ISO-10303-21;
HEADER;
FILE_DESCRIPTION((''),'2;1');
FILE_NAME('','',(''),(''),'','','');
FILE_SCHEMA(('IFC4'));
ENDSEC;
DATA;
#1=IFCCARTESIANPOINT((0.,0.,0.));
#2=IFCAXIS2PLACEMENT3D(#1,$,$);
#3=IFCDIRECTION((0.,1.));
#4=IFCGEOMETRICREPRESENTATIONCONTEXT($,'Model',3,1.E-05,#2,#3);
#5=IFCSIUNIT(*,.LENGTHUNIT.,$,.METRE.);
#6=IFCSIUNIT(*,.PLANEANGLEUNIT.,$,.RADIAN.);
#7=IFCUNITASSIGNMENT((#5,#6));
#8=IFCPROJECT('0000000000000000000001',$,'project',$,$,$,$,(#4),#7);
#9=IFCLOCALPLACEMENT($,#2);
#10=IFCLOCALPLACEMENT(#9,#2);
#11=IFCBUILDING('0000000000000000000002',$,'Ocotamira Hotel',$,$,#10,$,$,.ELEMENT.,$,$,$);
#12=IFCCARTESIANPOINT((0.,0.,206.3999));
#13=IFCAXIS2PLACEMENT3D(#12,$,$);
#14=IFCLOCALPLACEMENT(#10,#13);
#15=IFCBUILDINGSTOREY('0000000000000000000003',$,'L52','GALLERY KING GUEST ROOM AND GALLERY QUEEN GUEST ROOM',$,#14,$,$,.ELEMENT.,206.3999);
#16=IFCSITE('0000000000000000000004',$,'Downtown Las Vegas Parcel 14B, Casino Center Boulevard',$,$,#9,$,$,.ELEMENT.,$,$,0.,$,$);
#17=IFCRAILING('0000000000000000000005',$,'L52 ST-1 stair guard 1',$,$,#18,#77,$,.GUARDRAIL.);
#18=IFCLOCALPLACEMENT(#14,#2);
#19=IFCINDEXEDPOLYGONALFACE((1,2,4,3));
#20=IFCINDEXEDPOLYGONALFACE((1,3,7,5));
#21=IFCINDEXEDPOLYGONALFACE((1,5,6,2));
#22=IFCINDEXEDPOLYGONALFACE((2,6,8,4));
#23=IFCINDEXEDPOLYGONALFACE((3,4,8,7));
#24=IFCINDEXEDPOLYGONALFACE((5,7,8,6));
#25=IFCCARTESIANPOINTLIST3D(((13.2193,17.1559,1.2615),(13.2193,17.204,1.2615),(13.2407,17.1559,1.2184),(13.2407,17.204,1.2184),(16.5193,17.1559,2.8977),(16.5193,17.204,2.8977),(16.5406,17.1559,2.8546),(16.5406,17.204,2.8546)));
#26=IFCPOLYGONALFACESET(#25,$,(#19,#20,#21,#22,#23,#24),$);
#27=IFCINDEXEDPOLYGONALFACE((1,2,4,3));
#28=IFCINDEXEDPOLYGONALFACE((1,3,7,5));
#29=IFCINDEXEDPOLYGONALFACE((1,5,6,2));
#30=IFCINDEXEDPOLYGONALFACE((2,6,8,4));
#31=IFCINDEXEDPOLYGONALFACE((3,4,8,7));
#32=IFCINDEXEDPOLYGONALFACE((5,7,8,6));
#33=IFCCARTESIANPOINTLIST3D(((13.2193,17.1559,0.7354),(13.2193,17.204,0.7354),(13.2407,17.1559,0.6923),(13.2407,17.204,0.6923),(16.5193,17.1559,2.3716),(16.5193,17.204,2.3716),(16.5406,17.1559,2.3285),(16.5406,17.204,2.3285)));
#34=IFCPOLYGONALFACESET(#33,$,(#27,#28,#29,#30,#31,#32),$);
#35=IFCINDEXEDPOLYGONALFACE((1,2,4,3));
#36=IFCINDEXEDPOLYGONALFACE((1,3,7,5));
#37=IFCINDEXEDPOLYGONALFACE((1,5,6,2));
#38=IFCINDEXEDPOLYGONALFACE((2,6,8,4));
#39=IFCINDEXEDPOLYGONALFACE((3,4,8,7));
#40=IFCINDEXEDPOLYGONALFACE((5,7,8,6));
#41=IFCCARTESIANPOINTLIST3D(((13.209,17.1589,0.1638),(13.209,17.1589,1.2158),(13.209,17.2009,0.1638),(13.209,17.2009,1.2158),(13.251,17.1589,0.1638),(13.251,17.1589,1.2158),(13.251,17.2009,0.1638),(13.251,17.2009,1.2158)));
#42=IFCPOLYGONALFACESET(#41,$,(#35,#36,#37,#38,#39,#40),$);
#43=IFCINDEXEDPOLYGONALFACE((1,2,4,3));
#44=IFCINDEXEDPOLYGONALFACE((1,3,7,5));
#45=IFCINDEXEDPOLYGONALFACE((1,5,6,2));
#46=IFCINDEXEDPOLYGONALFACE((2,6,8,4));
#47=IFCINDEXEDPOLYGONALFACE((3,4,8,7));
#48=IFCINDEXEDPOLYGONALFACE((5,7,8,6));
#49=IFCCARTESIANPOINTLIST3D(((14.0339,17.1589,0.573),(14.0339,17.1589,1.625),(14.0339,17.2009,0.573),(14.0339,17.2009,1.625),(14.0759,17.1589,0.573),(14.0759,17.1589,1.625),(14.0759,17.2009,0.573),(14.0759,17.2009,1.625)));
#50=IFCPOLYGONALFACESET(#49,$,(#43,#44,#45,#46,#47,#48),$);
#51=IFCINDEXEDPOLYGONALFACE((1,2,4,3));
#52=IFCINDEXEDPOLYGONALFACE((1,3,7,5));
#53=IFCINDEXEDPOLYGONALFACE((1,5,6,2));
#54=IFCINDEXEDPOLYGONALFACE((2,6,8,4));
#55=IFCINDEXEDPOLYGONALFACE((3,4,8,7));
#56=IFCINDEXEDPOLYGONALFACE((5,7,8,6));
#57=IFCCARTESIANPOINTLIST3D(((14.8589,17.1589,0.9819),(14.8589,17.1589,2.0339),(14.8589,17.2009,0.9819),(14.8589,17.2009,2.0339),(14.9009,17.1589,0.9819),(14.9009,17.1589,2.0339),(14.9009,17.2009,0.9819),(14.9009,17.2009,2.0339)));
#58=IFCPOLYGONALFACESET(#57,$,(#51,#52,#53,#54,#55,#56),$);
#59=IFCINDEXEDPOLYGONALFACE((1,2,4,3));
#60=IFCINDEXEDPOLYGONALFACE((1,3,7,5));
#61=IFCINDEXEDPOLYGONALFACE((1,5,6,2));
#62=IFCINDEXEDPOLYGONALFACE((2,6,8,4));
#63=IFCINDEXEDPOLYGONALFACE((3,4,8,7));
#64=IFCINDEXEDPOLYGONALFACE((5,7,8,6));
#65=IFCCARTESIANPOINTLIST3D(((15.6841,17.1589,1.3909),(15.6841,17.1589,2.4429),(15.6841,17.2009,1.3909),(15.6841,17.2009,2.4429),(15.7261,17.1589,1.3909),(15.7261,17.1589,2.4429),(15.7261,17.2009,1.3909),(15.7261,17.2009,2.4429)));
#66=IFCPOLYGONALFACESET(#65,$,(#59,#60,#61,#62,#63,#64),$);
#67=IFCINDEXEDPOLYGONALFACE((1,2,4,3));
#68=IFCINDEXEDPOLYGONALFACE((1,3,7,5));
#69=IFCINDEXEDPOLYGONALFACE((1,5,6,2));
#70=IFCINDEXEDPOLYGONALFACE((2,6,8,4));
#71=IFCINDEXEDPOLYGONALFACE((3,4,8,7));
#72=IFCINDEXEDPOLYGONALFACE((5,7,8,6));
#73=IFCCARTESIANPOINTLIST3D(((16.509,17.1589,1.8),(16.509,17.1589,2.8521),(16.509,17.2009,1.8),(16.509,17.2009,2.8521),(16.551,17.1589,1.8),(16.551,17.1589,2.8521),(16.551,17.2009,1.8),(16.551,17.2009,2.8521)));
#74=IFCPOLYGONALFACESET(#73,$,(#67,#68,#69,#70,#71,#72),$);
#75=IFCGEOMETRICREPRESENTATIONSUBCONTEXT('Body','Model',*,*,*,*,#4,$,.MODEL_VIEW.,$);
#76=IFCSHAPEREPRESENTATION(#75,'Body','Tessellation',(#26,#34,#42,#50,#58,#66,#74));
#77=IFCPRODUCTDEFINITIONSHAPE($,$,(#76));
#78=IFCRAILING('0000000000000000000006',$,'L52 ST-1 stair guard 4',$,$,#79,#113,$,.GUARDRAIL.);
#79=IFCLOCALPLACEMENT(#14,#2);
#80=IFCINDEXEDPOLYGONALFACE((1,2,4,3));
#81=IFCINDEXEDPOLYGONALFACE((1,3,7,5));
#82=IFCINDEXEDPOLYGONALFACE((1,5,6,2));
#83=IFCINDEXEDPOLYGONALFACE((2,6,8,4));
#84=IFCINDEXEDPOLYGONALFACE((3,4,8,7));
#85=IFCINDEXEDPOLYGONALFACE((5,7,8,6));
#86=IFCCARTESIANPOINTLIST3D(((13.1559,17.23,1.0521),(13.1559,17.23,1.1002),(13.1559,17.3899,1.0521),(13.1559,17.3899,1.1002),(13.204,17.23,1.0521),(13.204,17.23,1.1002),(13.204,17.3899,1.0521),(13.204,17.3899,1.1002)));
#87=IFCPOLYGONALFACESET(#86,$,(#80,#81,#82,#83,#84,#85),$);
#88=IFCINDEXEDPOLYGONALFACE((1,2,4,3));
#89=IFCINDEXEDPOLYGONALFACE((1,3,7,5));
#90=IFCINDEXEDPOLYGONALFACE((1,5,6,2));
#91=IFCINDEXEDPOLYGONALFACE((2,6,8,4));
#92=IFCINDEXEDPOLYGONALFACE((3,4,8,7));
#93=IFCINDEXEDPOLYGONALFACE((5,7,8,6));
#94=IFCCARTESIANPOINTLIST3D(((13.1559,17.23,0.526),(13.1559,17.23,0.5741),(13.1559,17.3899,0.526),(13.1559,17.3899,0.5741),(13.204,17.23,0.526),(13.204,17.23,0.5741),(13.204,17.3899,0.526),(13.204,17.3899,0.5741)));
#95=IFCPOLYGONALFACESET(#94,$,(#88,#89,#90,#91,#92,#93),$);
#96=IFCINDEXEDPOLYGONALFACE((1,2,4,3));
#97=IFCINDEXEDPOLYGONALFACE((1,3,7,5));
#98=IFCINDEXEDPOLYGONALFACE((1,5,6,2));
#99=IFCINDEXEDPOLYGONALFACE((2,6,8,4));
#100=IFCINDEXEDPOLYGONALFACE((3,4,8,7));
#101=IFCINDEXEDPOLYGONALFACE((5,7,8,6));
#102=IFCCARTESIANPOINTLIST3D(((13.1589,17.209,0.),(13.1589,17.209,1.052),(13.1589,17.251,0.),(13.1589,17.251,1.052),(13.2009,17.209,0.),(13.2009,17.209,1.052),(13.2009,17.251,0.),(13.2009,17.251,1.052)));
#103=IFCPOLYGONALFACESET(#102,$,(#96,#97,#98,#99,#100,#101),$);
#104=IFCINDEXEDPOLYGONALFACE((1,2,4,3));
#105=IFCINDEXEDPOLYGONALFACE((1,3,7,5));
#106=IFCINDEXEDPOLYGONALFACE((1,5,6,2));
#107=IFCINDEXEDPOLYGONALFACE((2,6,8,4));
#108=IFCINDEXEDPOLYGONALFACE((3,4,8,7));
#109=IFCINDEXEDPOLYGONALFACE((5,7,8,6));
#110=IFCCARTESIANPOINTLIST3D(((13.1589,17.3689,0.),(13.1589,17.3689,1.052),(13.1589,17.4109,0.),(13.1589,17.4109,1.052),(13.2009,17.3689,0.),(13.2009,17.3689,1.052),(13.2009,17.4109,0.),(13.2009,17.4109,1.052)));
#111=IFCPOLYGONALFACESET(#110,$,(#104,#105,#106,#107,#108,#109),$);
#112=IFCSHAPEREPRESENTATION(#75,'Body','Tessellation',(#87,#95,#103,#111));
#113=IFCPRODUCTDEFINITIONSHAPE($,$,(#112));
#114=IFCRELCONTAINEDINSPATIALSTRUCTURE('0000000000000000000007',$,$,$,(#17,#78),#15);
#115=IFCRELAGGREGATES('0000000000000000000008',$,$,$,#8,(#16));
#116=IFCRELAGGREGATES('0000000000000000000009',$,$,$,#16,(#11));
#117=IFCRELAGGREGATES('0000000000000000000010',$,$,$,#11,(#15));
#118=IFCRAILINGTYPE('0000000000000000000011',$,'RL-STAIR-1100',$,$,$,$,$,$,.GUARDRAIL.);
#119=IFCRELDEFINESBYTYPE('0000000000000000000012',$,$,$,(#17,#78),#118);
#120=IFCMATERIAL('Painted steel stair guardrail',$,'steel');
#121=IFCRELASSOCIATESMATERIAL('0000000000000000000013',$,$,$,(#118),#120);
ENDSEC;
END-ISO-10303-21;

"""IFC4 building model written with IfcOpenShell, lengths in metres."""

from ifc_helpers import new_model, si_unit, direction, frame, origin, origin_2d, place, context, subcontext, project, spatial, rectangle, extrude, material, type_object, element, save


model = new_model("IFC4")

# Units and contexts
model_context = context("Model", 3, precision=1e-05, world=origin(), true_north=direction((0.0, 1.0)))
body_context = subcontext(model_context, "Body", "Model", "MODEL_VIEW")
ifc_project = project(units=[si_unit("LENGTHUNIT", "METRE"), si_unit("PLANEANGLEUNIT", "RADIAN")], contexts=[model_context])

# Site, building, storey
site_placement = place(None, origin())
site = spatial("IfcSite", under=ifc_project, at=site_placement, Name="Downtown Las Vegas Parcel 14B, Casino Center Boulevard", CompositionType="ELEMENT", RefElevation=0.0)
building_placement = place(site_placement, origin())
building = spatial("IfcBuilding", under=site, at=building_placement, Name="Ocotamira Hotel", CompositionType="ELEMENT")
storey_placement = place(building_placement, frame((0.0, 0.0, 206.3999)))
storey = spatial("IfcBuildingStorey", under=building, at=storey_placement, Name="L52", Description="GALLERY KING GUEST ROOM AND GALLERY QUEEN GUEST ROOM", CompositionType="ELEMENT", Elevation=206.3999)

# Railings
ifc_material_1 = material(Name="Painted steel stair guardrail", Category="steel")
railing_type_1 = type_object("IfcRailingType", Name="RL-STAIR-1100", PredefinedType="GUARDRAIL", material=ifc_material_1)
railing_1_placement = place(storey_placement, frame((13.23, 17.1799, 0.1638)))
element("IfcRailing", 1, at=railing_1_placement, inside=storey, type_object=railing_type_1, Name="L52 ST-1 stair guard 1", PredefinedType="GUARDRAIL", context=body_context, shape_type="SweptSolid", body=[
    extrude(rectangle(XDim=0.0481, YDim=0.0481, at=origin_2d()), frame((0.0, 0.0, 1.0762), z_axis=(0.89592, 0.0, 0.444215), x_axis=(0.0, 1.0, 0.0)), (0.0, 0.0, 1.0), 3.6833),
    extrude(rectangle(XDim=0.0481, YDim=0.0481, at=origin_2d()), frame((0.0, 0.0, 0.55), z_axis=(0.89592, 0.0, 0.444215), x_axis=(0.0, 1.0, 0.0)), (0.0, 0.0, 1.0), 3.6833),
    extrude(rectangle(XDim=0.042, YDim=0.042, at=origin_2d()), origin(), (0.0, 0.0, 1.0), 1.052),
    extrude(rectangle(XDim=0.042, YDim=0.042, at=origin_2d()), frame((0.825, 0.0, 0.4092)), (0.0, 0.0, 1.0), 1.052),
    extrude(rectangle(XDim=0.042, YDim=0.042, at=origin_2d()), frame((1.6499, 0.0, 0.8181)), (0.0, 0.0, 1.0), 1.052),
    extrude(rectangle(XDim=0.042, YDim=0.042, at=origin_2d()), frame((2.4751, 0.0, 1.2271)), (0.0, 0.0, 1.0), 1.052),
    extrude(rectangle(XDim=0.042, YDim=0.042, at=origin_2d()), frame((3.3, 0.0, 1.6362)), (0.0, 0.0, 1.0), 1.052),
])
railing_2_placement = place(storey_placement, frame((13.1799, 17.23, 0.0)))
element("IfcRailing", 2, at=railing_2_placement, inside=storey, type_object=railing_type_1, Name="L52 ST-1 stair guard 4", PredefinedType="GUARDRAIL", context=body_context, shape_type="SweptSolid", body=[
    extrude(rectangle(XDim=0.0481, YDim=0.0481, at=origin_2d()), frame((0.0, 0.0, 1.0762), z_axis=(0.0, 1.0, 0.0), x_axis=(-1.0, 0.0, 0.0)), (0.0, 0.0, 1.0), 0.1599),
    extrude(rectangle(XDim=0.0481, YDim=0.0481, at=origin_2d()), frame((0.0, 0.0, 0.55), z_axis=(0.0, 1.0, 0.0), x_axis=(-1.0, 0.0, 0.0)), (0.0, 0.0, 1.0), 0.1599),
    extrude(rectangle(XDim=0.042, YDim=0.042, at=origin_2d()), origin(), (0.0, 0.0, 1.0), 1.052),
    extrude(rectangle(XDim=0.042, YDim=0.042, at=origin_2d()), frame((0.0, 0.1599, 0.0)), (0.0, 0.0, 1.0), 1.052),
])

save(model, "model.ifc")
